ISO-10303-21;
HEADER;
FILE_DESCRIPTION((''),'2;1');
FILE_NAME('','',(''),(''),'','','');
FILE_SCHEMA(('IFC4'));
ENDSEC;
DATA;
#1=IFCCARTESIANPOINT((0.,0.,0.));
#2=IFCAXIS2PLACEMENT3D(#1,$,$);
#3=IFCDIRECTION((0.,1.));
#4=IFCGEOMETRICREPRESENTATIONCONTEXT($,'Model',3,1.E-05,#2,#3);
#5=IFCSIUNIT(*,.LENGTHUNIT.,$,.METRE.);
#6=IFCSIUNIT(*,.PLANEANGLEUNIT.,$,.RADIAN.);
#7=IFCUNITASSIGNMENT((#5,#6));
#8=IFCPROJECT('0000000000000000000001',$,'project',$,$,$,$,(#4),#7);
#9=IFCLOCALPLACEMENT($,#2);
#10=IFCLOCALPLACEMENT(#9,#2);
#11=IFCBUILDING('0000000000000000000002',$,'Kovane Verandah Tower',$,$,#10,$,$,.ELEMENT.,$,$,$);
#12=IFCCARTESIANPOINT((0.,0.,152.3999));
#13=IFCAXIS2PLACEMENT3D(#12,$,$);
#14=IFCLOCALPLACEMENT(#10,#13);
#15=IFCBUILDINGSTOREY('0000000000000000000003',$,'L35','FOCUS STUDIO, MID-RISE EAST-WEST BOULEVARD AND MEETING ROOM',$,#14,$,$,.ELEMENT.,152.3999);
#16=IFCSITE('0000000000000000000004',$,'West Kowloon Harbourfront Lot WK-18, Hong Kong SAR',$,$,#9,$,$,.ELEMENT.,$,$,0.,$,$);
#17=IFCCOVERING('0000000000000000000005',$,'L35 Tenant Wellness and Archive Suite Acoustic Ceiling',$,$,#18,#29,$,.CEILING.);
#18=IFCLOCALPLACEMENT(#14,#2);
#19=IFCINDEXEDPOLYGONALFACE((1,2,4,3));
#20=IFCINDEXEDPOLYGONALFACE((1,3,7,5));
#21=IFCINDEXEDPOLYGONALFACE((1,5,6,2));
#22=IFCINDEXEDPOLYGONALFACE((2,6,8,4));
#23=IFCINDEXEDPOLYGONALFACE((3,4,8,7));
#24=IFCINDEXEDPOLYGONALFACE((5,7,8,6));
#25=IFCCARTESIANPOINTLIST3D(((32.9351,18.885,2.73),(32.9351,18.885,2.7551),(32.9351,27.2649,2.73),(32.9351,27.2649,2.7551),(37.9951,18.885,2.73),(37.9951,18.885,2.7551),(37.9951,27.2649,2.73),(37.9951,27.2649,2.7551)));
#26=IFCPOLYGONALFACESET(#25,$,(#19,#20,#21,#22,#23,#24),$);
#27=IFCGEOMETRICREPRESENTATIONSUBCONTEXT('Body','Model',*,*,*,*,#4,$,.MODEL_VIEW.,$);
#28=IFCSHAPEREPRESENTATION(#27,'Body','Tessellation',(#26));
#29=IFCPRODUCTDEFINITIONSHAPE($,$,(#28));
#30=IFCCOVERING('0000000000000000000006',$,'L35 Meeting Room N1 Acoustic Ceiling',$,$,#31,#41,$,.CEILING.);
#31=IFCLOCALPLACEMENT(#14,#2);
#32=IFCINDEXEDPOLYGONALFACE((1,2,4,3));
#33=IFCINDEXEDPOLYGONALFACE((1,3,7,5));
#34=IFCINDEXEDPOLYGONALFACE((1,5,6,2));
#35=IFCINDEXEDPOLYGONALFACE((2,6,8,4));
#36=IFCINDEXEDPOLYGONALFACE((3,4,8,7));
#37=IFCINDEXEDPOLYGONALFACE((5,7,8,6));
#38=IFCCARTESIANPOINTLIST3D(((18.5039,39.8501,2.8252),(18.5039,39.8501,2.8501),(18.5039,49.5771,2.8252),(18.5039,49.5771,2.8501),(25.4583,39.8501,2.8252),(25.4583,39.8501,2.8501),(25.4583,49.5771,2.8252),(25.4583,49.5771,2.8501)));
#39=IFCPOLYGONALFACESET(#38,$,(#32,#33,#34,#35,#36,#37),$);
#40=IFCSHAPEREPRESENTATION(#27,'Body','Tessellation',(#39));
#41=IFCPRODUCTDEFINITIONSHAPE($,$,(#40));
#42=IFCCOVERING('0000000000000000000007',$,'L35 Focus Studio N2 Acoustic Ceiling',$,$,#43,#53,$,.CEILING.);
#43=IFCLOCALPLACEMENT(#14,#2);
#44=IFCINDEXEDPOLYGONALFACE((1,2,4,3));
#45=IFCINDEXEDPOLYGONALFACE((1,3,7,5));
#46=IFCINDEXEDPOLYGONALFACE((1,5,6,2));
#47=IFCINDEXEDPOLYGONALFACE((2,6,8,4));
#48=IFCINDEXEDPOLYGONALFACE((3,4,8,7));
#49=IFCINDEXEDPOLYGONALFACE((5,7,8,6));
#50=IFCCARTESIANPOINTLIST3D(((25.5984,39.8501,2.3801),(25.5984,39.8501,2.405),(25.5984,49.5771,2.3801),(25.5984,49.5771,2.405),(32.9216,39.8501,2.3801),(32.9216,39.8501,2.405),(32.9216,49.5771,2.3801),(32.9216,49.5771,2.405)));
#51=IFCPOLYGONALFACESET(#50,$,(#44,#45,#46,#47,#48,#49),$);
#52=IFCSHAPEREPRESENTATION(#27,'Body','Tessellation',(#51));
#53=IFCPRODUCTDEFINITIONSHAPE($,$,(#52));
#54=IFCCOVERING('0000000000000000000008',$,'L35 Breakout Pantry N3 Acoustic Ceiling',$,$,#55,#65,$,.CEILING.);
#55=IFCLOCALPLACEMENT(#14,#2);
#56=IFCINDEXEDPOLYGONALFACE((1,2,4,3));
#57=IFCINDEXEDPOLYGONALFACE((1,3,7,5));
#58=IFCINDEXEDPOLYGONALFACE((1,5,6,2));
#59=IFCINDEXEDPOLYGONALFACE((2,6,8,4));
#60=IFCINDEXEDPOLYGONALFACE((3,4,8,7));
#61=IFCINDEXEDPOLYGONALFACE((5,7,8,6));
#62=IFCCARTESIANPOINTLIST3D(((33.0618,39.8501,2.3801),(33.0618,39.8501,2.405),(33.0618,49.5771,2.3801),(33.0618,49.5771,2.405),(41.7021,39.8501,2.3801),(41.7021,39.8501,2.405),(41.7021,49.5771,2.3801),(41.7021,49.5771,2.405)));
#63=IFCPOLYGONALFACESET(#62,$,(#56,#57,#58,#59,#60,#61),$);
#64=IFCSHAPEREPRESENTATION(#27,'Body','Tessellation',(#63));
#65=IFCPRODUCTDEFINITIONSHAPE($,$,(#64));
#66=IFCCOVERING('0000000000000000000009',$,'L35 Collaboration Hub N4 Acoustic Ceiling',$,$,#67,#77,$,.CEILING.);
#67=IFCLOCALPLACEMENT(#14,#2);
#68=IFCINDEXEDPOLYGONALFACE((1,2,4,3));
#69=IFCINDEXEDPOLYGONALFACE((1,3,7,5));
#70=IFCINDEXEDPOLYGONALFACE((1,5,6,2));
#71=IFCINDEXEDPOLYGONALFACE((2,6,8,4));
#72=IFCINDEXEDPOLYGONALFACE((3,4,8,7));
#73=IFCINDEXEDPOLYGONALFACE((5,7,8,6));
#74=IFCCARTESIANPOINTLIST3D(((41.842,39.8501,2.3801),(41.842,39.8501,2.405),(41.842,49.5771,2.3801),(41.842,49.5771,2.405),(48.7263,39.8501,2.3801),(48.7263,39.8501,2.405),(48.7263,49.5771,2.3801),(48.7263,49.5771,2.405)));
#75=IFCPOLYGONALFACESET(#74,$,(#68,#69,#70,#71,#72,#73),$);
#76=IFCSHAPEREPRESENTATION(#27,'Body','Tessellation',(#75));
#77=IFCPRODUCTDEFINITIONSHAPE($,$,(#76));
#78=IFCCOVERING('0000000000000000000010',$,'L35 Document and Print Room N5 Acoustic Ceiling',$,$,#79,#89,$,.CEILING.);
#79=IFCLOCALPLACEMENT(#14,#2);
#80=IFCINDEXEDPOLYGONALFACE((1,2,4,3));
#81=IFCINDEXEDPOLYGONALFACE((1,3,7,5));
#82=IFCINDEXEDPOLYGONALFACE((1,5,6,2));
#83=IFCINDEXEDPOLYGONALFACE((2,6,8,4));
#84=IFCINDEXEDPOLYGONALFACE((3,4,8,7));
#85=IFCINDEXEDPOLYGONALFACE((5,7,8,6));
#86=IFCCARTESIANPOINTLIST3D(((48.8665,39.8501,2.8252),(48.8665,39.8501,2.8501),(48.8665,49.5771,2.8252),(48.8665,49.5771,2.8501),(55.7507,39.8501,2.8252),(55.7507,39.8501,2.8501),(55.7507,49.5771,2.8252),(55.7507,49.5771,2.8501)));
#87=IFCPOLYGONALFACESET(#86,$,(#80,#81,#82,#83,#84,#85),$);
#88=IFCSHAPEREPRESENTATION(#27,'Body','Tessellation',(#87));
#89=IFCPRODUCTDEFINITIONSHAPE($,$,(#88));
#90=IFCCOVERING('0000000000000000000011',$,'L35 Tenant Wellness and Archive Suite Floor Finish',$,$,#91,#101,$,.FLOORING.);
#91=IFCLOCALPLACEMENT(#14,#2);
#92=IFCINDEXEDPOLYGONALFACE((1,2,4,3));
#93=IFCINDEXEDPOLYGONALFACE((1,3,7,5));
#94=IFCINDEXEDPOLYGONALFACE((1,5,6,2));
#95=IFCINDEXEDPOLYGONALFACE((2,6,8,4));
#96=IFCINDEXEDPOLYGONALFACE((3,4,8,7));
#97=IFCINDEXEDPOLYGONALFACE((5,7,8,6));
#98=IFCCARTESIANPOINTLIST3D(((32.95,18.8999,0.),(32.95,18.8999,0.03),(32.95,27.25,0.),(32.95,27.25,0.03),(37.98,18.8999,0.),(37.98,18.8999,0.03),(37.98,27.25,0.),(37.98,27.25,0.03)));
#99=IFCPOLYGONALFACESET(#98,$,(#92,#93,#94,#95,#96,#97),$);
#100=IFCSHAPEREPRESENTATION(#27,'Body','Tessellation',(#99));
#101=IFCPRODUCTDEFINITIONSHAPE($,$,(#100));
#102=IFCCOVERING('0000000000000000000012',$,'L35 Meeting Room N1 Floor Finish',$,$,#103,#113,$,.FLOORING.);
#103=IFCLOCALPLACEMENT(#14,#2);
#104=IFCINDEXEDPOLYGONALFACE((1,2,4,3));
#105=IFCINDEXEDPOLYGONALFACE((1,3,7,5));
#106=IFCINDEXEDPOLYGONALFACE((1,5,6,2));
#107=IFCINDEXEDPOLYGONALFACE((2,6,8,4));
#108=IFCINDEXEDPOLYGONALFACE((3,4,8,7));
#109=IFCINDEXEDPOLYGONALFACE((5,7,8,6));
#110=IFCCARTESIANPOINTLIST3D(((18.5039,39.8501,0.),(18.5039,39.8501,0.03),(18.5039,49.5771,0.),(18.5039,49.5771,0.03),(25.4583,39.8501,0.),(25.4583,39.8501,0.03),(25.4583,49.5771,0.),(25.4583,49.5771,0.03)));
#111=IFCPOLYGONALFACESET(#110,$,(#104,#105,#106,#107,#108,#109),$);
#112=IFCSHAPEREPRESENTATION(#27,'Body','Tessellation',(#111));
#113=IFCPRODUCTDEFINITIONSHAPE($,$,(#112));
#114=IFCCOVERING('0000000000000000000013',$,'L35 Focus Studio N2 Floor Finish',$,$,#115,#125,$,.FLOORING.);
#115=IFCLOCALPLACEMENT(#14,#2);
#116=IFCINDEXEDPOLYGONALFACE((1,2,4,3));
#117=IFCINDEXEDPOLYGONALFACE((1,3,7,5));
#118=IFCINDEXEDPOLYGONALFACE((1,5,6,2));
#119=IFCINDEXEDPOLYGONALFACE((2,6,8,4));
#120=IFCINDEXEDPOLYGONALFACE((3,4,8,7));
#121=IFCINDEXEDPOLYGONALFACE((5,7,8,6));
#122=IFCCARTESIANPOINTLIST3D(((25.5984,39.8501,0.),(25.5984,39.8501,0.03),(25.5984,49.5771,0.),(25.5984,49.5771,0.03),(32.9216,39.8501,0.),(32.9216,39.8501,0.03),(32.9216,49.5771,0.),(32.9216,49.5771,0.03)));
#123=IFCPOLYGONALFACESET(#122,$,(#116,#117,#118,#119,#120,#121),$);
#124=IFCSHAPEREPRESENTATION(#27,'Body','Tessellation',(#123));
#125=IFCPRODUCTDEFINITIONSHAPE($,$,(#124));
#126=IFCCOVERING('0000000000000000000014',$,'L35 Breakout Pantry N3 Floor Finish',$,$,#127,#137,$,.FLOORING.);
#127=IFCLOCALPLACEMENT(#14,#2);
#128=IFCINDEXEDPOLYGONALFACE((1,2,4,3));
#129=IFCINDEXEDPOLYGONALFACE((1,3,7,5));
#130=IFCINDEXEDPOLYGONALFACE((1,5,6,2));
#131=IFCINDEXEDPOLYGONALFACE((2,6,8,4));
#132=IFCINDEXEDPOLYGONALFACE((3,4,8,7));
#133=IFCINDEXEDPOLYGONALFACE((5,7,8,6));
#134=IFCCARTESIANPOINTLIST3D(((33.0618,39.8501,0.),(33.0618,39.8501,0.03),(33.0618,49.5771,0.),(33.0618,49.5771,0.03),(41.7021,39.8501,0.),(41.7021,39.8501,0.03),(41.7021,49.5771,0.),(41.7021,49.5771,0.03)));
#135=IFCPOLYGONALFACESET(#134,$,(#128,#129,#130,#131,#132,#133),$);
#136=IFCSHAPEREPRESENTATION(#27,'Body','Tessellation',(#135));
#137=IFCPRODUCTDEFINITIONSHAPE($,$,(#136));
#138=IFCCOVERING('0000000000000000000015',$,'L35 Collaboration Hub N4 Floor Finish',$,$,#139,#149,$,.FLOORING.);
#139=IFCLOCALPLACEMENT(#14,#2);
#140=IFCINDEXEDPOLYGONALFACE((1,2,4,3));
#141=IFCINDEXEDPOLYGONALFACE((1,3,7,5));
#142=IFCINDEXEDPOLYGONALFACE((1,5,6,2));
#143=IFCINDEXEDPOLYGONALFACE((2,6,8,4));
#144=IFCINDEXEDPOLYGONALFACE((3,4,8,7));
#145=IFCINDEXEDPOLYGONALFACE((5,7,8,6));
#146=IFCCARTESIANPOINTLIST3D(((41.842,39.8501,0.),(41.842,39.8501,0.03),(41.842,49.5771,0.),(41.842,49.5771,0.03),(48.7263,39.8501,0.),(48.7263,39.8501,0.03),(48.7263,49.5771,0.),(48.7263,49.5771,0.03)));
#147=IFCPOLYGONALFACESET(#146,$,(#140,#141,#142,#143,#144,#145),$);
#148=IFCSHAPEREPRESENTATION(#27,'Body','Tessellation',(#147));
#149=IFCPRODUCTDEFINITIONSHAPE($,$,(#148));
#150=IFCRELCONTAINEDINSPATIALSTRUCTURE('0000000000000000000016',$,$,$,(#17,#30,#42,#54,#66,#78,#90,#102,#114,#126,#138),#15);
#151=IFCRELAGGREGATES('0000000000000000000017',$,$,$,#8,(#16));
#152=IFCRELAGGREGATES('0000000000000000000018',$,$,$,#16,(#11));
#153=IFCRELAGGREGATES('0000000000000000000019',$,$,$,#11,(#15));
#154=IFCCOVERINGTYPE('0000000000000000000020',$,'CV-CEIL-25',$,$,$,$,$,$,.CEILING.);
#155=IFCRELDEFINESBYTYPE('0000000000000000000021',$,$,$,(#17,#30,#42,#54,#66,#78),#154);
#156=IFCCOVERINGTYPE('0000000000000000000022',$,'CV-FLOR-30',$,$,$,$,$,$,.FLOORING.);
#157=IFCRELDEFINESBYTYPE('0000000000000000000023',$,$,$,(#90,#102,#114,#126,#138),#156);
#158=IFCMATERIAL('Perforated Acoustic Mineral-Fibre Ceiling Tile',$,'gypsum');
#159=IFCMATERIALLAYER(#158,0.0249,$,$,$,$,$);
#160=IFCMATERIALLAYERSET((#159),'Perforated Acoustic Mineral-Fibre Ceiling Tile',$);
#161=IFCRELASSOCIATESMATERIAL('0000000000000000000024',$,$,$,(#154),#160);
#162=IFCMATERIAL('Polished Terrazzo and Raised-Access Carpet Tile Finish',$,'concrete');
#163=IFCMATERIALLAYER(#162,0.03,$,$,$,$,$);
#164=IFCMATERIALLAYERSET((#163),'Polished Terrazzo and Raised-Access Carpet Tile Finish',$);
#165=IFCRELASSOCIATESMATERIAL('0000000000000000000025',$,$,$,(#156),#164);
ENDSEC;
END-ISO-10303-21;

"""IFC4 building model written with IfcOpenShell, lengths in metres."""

from ifc_helpers import new_model, si_unit, direction, frame, origin, place, context, subcontext, project, spatial, polyline, outline, extrude, material, layer, layer_set, type_object, element, save


model = new_model("IFC4")

# Units and contexts
model_context = context("Model", 3, precision=1e-05, world=origin(), true_north=direction((0.0, 1.0)))
body_context = subcontext(model_context, "Body", "Model", "MODEL_VIEW")
ifc_project = project(units=[si_unit("LENGTHUNIT", "METRE"), si_unit("PLANEANGLEUNIT", "RADIAN")], contexts=[model_context])

# Site, building, storey
site_placement = place(None, origin())
site = spatial("IfcSite", under=ifc_project, at=site_placement, Name="West Kowloon Harbourfront Lot WK-18, Hong Kong SAR", CompositionType="ELEMENT", RefElevation=0.0)
building_placement = place(site_placement, origin())
building = spatial("IfcBuilding", under=site, at=building_placement, Name="Kovane Verandah Tower", CompositionType="ELEMENT")
storey_placement = place(building_placement, frame((0.0, 0.0, 152.3999)))
storey = spatial("IfcBuildingStorey", under=building, at=storey_placement, Name="L35", Description="FOCUS STUDIO, MID-RISE EAST-WEST BOULEVARD AND MEETING ROOM", CompositionType="ELEMENT", Elevation=152.3999)

# Coverings
ifc_material_1 = material(Name="Perforated Acoustic Mineral-Fibre Ceiling Tile", Category="gypsum")
ifc_layer_1 = layer(ifc_material_1, 0.0249)
ifc_layer_set_1 = layer_set([ifc_layer_1], Name="Perforated Acoustic Mineral-Fibre Ceiling Tile")
covering_type_1 = type_object("IfcCoveringType", Name="CV-CEIL-25", PredefinedType="CEILING", material=ifc_layer_set_1)
covering_1_placement = place(storey_placement, frame((0.0, 0.0, 2.73)))
element("IfcCovering", 1, at=covering_1_placement, inside=storey, type_object=covering_type_1, Name="L35 Tenant Wellness and Archive Suite Acoustic Ceiling", PredefinedType="CEILING", context=body_context, shape_type="SweptSolid", body=[
    extrude(outline(polyline([(32.9351, 18.885), (37.9951, 18.885), (37.9951, 27.2649), (32.9351, 27.2649), (32.9351, 18.885)])), origin(), (0.0, 0.0, 1.0), 0.0251),
])
covering_2_placement = place(storey_placement, frame((0.0, 0.0, 2.8252)))
element("IfcCovering", 2, at=covering_2_placement, inside=storey, type_object=covering_type_1, Name="L35 Meeting Room N1 Acoustic Ceiling", PredefinedType="CEILING", context=body_context, shape_type="SweptSolid", body=[
    extrude(outline(polyline([(18.5039, 39.8501), (25.4583, 39.8501), (25.4583, 49.5771), (18.5039, 49.5771), (18.5039, 39.8501)])), origin(), (0.0, 0.0, 1.0), 0.0249),
])
covering_3_placement = place(storey_placement, frame((0.0, 0.0, 2.3801)))
element("IfcCovering", 3, at=covering_3_placement, inside=storey, type_object=covering_type_1, Name="L35 Focus Studio N2 Acoustic Ceiling", PredefinedType="CEILING", context=body_context, shape_type="SweptSolid", body=[
    extrude(outline(polyline([(25.5984, 39.8501), (32.9216, 39.8501), (32.9216, 49.5771), (25.5984, 49.5771), (25.5984, 39.8501)])), origin(), (0.0, 0.0, 1.0), 0.0249),
])
covering_4_placement = place(storey_placement, frame((0.0, 0.0, 2.3801)))
element("IfcCovering", 4, at=covering_4_placement, inside=storey, type_object=covering_type_1, Name="L35 Breakout Pantry N3 Acoustic Ceiling", PredefinedType="CEILING", context=body_context, shape_type="SweptSolid", body=[
    extrude(outline(polyline([(33.0618, 39.8501), (41.7021, 39.8501), (41.7021, 49.5771), (33.0618, 49.5771), (33.0618, 39.8501)])), origin(), (0.0, 0.0, 1.0), 0.0249),
])
covering_5_placement = place(storey_placement, frame((0.0, 0.0, 2.3801)))
element("IfcCovering", 5, at=covering_5_placement, inside=storey, type_object=covering_type_1, Name="L35 Collaboration Hub N4 Acoustic Ceiling", PredefinedType="CEILING", context=body_context, shape_type="SweptSolid", body=[
    extrude(outline(polyline([(41.842, 39.8501), (48.7263, 39.8501), (48.7263, 49.5771), (41.842, 49.5771), (41.842, 39.8501)])), origin(), (0.0, 0.0, 1.0), 0.0249),
])
covering_6_placement = place(storey_placement, frame((0.0, 0.0, 2.8252)))
element("IfcCovering", 6, at=covering_6_placement, inside=storey, type_object=covering_type_1, Name="L35 Document and Print Room N5 Acoustic Ceiling", PredefinedType="CEILING", context=body_context, shape_type="SweptSolid", body=[
    extrude(outline(polyline([(48.8665, 39.8501), (55.7507, 39.8501), (55.7507, 49.5771), (48.8665, 49.5771), (48.8665, 39.8501)])), origin(), (0.0, 0.0, 1.0), 0.0249),
])
ifc_material_2 = material(Name="Polished Terrazzo and Raised-Access Carpet Tile Finish", Category="concrete")
ifc_layer_2 = layer(ifc_material_2, 0.03)
ifc_layer_set_2 = layer_set([ifc_layer_2], Name="Polished Terrazzo and Raised-Access Carpet Tile Finish")
covering_type_2 = type_object("IfcCoveringType", Name="CV-FLOR-30", PredefinedType="FLOORING", material=ifc_layer_set_2)
covering_7_placement = place(storey_placement, origin())
element("IfcCovering", 7, at=covering_7_placement, inside=storey, type_object=covering_type_2, Name="L35 Tenant Wellness and Archive Suite Floor Finish", PredefinedType="FLOORING", context=body_context, shape_type="SweptSolid", body=[
    extrude(outline(polyline([(32.95, 18.8999), (37.98, 18.8999), (37.98, 27.25), (32.95, 27.25), (32.95, 18.8999)])), origin(), (0.0, 0.0, 1.0), 0.03),
])
covering_8_placement = place(storey_placement, origin())
element("IfcCovering", 8, at=covering_8_placement, inside=storey, type_object=covering_type_2, Name="L35 Meeting Room N1 Floor Finish", PredefinedType="FLOORING", context=body_context, shape_type="SweptSolid", body=[
    extrude(outline(polyline([(18.5039, 39.8501), (25.4583, 39.8501), (25.4583, 49.5771), (18.5039, 49.5771), (18.5039, 39.8501)])), origin(), (0.0, 0.0, 1.0), 0.03),
])
covering_9_placement = place(storey_placement, origin())
element("IfcCovering", 9, at=covering_9_placement, inside=storey, type_object=covering_type_2, Name="L35 Focus Studio N2 Floor Finish", PredefinedType="FLOORING", context=body_context, shape_type="SweptSolid", body=[
    extrude(outline(polyline([(25.5984, 39.8501), (32.9216, 39.8501), (32.9216, 49.5771), (25.5984, 49.5771), (25.5984, 39.8501)])), origin(), (0.0, 0.0, 1.0), 0.03),
])
covering_10_placement = place(storey_placement, origin())
element("IfcCovering", 10, at=covering_10_placement, inside=storey, type_object=covering_type_2, Name="L35 Breakout Pantry N3 Floor Finish", PredefinedType="FLOORING", context=body_context, shape_type="SweptSolid", body=[
    extrude(outline(polyline([(33.0618, 39.8501), (41.7021, 39.8501), (41.7021, 49.5771), (33.0618, 49.5771), (33.0618, 39.8501)])), origin(), (0.0, 0.0, 1.0), 0.03),
])
covering_11_placement = place(storey_placement, origin())
element("IfcCovering", 11, at=covering_11_placement, inside=storey, type_object=covering_type_2, Name="L35 Collaboration Hub N4 Floor Finish", PredefinedType="FLOORING", context=body_context, shape_type="SweptSolid", body=[
    extrude(outline(polyline([(41.842, 39.8501), (48.7263, 39.8501), (48.7263, 49.5771), (41.842, 49.5771), (41.842, 39.8501)])), origin(), (0.0, 0.0, 1.0), 0.03),
])

save(model, "model.ifc")
